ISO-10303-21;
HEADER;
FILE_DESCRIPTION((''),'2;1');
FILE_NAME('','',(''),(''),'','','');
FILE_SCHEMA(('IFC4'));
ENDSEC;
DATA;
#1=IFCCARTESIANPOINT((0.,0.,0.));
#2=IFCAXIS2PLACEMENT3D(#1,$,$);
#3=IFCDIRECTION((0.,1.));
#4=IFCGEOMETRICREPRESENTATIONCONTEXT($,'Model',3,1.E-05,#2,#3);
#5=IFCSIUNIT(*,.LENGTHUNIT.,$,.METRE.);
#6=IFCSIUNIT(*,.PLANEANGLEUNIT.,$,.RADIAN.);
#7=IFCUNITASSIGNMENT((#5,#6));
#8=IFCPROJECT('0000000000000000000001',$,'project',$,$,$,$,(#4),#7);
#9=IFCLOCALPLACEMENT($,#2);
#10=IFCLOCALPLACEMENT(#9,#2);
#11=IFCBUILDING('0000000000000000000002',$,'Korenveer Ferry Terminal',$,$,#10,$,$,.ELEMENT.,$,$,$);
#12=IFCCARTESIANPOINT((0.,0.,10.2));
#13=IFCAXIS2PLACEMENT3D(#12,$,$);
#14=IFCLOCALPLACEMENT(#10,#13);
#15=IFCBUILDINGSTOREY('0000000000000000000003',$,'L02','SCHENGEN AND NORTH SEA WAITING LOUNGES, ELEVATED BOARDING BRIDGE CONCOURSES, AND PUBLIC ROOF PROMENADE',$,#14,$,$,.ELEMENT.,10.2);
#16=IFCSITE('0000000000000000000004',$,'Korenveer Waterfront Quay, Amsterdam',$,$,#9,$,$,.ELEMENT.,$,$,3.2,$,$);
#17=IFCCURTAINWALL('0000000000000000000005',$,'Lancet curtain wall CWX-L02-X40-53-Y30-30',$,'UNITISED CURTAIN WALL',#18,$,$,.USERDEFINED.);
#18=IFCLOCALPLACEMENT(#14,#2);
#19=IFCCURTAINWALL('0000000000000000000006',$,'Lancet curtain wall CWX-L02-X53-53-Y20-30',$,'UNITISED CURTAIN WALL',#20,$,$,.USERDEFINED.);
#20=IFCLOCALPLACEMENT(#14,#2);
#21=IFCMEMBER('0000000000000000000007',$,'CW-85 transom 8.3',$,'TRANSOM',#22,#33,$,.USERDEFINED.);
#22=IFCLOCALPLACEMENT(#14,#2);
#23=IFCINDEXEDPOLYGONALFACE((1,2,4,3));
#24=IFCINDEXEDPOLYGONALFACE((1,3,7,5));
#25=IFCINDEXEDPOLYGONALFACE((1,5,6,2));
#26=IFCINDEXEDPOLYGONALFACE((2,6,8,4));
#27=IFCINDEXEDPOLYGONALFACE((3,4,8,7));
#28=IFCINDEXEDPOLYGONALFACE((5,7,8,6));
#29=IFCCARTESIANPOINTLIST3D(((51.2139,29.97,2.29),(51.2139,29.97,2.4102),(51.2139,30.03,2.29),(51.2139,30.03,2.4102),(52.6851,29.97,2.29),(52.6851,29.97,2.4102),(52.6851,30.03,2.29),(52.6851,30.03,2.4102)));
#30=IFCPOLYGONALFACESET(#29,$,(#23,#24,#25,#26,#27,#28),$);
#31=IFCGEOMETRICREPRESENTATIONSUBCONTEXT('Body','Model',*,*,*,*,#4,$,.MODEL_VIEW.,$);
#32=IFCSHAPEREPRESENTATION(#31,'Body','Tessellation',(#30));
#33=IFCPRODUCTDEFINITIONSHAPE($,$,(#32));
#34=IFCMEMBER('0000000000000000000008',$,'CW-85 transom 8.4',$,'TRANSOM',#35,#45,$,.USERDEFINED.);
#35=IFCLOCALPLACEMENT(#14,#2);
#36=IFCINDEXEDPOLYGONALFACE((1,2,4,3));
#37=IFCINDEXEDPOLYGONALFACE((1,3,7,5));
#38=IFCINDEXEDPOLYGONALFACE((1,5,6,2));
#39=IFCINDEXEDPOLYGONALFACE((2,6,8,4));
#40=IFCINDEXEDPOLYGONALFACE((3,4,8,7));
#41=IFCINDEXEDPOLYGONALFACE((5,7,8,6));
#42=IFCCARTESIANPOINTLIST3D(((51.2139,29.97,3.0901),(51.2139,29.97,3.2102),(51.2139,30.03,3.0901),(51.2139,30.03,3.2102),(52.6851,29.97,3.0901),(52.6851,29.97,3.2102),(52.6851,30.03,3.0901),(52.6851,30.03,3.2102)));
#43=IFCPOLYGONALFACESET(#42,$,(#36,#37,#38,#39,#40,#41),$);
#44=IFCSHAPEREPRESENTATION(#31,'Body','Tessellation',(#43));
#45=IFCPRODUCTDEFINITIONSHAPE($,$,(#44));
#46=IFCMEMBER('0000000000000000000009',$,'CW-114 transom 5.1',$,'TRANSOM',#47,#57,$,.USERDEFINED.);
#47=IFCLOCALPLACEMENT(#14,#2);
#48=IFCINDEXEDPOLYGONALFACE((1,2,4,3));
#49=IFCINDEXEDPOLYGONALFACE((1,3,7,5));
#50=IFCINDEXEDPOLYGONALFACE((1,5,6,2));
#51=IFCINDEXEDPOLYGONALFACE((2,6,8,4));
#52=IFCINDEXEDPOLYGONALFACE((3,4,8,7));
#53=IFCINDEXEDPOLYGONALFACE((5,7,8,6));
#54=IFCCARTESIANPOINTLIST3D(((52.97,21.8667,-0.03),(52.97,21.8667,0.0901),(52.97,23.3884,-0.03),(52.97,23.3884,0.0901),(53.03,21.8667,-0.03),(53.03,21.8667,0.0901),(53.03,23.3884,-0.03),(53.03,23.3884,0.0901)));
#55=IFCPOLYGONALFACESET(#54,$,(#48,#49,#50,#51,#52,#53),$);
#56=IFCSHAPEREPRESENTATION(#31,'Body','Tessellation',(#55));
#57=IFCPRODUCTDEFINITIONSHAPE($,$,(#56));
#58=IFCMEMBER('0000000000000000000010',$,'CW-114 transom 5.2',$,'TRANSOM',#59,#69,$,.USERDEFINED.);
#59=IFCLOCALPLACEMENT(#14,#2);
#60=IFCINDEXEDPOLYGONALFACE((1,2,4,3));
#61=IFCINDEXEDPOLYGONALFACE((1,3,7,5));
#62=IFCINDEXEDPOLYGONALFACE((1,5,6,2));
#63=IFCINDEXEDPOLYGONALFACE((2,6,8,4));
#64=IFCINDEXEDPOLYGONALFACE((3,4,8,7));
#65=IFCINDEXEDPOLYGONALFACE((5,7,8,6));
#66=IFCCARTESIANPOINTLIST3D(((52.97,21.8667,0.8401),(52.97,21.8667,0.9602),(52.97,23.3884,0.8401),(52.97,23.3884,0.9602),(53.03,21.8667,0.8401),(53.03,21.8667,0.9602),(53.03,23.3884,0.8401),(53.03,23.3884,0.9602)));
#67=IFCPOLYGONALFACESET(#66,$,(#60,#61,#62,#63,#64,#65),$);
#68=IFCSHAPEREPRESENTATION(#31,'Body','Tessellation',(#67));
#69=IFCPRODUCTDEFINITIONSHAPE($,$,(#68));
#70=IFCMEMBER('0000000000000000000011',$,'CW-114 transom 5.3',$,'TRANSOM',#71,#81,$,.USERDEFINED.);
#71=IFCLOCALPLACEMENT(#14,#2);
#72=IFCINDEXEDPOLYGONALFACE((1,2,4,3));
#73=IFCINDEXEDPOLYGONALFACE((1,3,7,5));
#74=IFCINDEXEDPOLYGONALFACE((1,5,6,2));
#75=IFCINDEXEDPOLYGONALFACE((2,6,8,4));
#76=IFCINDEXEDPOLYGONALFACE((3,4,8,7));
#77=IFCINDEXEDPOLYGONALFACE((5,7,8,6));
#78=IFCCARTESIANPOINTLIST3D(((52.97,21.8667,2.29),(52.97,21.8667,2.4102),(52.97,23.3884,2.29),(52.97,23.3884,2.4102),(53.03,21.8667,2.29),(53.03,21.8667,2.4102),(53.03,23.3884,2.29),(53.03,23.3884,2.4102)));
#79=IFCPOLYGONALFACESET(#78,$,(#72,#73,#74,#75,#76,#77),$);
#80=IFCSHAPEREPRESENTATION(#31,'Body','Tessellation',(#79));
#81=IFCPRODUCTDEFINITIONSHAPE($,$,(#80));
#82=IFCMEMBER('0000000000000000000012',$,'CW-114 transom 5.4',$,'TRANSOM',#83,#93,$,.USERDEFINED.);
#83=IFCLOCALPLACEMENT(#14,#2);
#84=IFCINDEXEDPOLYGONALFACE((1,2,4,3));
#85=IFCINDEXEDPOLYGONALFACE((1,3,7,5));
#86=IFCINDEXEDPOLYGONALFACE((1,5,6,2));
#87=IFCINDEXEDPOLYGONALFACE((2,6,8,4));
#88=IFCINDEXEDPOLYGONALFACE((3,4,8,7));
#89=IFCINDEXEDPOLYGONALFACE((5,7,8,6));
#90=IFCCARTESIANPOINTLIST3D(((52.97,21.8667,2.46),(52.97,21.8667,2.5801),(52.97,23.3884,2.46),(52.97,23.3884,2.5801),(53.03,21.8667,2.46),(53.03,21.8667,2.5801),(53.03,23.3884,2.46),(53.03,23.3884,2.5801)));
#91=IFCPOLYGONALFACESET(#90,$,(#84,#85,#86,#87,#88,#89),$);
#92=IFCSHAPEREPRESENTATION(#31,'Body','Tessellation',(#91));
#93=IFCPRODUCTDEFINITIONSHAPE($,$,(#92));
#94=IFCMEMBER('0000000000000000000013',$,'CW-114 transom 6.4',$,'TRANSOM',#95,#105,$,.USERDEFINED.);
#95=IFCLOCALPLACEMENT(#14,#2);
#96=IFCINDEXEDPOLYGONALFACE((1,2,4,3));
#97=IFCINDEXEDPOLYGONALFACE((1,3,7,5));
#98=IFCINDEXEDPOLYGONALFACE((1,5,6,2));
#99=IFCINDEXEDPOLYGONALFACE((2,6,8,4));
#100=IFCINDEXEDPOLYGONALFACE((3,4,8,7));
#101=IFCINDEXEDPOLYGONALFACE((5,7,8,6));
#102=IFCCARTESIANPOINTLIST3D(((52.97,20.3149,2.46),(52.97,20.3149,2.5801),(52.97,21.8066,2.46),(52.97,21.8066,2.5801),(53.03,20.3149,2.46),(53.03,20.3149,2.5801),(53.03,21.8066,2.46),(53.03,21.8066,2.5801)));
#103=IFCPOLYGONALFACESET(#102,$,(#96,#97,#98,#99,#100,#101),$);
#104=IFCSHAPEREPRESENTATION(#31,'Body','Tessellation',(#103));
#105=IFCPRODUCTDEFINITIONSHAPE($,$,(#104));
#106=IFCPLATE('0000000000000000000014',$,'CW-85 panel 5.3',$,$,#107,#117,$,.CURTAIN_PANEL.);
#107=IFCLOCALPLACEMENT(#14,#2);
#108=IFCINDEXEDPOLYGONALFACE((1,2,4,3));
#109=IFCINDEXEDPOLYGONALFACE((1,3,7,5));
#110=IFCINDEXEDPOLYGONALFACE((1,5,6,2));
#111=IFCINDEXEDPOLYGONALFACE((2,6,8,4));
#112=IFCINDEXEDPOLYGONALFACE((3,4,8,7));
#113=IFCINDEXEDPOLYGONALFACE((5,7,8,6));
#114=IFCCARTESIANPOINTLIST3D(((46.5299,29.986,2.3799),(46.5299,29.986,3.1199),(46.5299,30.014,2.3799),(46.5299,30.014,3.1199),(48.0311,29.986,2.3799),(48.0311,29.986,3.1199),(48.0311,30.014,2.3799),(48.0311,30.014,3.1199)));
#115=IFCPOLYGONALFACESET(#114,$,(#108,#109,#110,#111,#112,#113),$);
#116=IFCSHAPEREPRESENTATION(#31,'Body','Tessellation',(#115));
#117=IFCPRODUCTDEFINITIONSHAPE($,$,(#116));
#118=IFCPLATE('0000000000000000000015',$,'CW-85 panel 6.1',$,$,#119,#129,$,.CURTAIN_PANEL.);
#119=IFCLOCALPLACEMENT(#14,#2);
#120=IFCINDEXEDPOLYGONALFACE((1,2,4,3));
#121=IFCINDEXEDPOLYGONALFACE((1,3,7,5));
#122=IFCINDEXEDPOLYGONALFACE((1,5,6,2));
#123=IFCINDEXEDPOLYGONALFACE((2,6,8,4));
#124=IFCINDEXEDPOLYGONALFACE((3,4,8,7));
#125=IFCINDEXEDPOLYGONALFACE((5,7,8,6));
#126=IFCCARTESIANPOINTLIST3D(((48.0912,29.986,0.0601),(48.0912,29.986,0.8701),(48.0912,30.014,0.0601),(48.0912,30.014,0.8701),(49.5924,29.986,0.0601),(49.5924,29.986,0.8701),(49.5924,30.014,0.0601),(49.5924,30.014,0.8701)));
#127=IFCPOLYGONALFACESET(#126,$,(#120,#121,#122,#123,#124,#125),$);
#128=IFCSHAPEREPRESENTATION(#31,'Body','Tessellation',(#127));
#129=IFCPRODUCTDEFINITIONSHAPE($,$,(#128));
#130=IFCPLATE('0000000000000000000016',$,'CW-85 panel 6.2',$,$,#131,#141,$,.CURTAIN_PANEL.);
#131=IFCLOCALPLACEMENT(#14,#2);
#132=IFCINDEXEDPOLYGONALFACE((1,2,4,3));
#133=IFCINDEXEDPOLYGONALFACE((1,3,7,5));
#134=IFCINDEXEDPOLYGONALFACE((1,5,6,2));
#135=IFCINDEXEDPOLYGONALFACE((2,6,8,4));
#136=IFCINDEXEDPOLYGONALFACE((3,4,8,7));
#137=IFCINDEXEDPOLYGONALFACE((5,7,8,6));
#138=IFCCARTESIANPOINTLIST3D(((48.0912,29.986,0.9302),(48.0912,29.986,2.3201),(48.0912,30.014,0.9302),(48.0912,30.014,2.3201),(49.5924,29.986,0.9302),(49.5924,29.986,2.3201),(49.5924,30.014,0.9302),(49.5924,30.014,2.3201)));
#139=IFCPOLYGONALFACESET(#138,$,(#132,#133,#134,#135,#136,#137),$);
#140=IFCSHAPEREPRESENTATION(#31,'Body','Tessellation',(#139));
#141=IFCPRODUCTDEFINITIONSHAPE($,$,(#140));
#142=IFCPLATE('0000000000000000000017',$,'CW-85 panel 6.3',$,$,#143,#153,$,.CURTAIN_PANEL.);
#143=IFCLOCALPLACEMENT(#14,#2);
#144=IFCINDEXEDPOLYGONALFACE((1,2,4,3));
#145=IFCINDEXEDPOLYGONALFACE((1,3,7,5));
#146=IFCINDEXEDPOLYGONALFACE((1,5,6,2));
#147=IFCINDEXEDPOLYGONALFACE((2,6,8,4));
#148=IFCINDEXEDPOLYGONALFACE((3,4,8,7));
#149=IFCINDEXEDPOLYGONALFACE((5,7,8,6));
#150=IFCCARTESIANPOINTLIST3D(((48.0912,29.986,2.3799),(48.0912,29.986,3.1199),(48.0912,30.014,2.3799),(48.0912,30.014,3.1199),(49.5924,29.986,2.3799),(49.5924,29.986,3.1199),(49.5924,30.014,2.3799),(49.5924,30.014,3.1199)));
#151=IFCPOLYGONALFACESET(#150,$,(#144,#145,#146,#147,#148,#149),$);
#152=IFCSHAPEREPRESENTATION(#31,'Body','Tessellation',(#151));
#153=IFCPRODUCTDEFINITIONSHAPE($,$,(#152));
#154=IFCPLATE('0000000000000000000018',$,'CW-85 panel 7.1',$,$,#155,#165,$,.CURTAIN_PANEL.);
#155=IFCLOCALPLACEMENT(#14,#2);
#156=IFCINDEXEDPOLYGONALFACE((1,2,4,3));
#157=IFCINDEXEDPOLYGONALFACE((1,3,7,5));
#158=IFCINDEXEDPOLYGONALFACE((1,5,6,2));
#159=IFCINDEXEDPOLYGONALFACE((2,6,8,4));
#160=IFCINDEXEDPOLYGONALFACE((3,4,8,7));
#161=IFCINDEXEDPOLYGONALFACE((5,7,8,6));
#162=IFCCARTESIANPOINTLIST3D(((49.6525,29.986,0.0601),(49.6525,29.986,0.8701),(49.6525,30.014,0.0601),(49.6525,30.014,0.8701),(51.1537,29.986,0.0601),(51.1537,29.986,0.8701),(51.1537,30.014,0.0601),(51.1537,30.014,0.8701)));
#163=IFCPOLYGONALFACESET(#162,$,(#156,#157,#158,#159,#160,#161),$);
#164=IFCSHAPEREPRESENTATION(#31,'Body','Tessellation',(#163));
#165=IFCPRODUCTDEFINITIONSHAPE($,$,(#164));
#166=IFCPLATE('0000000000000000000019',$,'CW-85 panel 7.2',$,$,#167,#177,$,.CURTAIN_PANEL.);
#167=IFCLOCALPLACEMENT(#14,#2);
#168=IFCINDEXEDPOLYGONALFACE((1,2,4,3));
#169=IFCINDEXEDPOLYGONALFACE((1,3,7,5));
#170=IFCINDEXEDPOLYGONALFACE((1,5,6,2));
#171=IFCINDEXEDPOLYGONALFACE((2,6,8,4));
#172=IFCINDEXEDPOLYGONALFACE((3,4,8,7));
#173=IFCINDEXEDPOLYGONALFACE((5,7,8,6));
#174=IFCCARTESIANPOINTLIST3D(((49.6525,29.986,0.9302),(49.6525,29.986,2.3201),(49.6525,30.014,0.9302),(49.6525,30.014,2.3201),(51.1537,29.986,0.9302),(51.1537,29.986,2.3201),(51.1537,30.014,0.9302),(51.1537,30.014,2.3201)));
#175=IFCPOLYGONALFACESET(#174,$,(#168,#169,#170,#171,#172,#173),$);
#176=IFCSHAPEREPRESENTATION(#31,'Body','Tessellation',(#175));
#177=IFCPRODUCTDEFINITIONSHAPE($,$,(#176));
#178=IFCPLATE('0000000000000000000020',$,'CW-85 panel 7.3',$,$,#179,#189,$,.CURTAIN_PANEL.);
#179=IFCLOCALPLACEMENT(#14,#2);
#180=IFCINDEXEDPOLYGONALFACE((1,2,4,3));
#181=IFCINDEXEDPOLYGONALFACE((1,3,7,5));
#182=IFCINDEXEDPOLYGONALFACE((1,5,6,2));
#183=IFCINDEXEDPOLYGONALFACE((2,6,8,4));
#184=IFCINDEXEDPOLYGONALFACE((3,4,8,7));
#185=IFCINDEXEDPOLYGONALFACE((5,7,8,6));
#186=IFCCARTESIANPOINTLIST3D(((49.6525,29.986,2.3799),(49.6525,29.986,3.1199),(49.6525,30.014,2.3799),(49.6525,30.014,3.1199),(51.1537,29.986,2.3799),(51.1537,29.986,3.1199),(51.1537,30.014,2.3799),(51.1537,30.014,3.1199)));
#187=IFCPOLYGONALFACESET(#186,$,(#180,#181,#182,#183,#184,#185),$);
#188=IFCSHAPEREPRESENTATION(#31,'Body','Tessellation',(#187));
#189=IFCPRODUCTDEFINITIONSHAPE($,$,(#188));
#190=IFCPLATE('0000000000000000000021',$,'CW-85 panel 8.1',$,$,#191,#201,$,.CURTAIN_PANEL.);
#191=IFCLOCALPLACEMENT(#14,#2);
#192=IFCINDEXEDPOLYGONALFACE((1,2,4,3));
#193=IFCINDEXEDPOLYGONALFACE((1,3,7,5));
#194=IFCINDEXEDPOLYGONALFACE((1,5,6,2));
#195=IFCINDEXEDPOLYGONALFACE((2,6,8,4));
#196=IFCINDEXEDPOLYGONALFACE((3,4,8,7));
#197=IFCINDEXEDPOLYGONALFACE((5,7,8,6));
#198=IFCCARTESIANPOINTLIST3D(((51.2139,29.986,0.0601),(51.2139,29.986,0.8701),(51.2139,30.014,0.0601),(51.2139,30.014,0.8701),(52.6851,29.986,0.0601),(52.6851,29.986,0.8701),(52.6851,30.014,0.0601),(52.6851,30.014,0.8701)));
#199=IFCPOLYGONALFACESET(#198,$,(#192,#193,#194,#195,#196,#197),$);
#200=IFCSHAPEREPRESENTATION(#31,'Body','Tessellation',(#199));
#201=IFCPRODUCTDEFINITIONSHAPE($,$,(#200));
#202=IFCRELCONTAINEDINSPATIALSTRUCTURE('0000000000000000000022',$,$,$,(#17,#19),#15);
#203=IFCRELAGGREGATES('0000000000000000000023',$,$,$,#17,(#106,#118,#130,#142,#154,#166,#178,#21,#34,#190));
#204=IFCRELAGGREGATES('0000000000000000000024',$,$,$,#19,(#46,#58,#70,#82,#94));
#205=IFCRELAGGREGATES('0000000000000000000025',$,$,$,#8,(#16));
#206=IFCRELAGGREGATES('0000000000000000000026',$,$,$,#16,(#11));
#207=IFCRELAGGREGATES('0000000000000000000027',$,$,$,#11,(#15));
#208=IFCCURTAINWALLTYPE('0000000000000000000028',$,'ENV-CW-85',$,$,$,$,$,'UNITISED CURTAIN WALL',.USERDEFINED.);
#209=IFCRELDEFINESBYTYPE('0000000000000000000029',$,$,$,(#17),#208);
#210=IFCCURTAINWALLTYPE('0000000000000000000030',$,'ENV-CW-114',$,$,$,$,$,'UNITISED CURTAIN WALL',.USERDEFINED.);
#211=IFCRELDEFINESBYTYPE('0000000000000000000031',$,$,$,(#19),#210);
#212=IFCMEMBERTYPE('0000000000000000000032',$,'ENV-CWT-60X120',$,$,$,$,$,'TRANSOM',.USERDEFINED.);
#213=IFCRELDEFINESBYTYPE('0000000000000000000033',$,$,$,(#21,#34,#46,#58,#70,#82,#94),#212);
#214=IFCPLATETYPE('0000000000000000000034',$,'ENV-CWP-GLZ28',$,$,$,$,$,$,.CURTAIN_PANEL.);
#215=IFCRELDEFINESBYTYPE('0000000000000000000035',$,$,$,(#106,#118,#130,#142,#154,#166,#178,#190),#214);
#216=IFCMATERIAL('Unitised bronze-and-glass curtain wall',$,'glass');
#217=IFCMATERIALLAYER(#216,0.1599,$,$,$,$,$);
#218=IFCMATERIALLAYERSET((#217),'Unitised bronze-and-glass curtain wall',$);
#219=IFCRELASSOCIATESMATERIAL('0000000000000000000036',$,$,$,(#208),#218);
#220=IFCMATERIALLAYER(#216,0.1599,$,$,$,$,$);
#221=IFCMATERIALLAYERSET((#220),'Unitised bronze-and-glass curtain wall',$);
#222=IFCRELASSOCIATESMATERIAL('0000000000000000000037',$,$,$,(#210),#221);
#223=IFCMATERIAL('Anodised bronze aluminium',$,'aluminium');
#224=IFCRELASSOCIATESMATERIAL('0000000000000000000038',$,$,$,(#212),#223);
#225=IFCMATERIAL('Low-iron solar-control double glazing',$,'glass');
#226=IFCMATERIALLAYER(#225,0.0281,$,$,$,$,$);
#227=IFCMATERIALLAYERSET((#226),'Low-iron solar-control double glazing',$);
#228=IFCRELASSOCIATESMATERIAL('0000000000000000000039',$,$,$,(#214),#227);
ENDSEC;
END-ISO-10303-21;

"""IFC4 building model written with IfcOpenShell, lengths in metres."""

from ifc_helpers import new_model, si_unit, direction, frame, origin, origin_2d, place, context, subcontext, project, spatial, rectangle, extrude, material, layer, layer_set, material_profile, profile_set, type_object, element, aggregate, save


model = new_model("IFC4")

# Units and contexts
model_context = context("Model", 3, precision=1e-05, world=origin(), true_north=direction((0.0, 1.0)))
body_context = subcontext(model_context, "Body", "Model", "MODEL_VIEW")
ifc_project = project(units=[si_unit("LENGTHUNIT", "METRE"), si_unit("PLANEANGLEUNIT", "RADIAN")], contexts=[model_context])

# Site, building, storey
site_placement = place(None, origin())
site = spatial("IfcSite", under=ifc_project, at=site_placement, Name="Korenveer Waterfront Quay, Amsterdam", CompositionType="ELEMENT", RefElevation=3.2)
building_placement = place(site_placement, origin())
building = spatial("IfcBuilding", under=site, at=building_placement, Name="Korenveer Ferry Terminal", CompositionType="ELEMENT")
storey_placement = place(building_placement, frame((0.0, 0.0, 10.2)))
storey = spatial("IfcBuildingStorey", under=building, at=storey_placement, Name="L02", Description="SCHENGEN AND NORTH SEA WAITING LOUNGES, ELEVATED BOARDING BRIDGE CONCOURSES, AND PUBLIC ROOF PROMENADE", CompositionType="ELEMENT", Elevation=10.2)

# Curtain wall
ifc_material_1 = material(Name="Unitised bronze-and-glass curtain wall", Category="glass")
ifc_layer_1 = layer(ifc_material_1, 0.1599)
ifc_layer_set_1 = layer_set([ifc_layer_1], Name="Unitised bronze-and-glass curtain wall")
curtain_wall_type_1 = type_object("IfcCurtainWallType", Name="ENV-CW-85", ElementType="UNITISED CURTAIN WALL", PredefinedType="USERDEFINED", material=ifc_layer_set_1)
curtain_wall_1_placement = place(storey_placement, frame((40.2549, 30.0, 0.0)))
curtain_wall_1 = element("IfcCurtainWall", 1, at=curtain_wall_1_placement, inside=storey, type_object=curtain_wall_type_1, Name="Lancet curtain wall CWX-L02-X40-53-Y30-30", ObjectType="UNITISED CURTAIN WALL", PredefinedType="USERDEFINED")
ifc_material_2 = material(Name="Anodised bronze aluminium", Category="aluminium")

# Curtain wall
ifc_layer_2 = layer(ifc_material_1, 0.1599)
ifc_layer_set_2 = layer_set([ifc_layer_2], Name="Unitised bronze-and-glass curtain wall")
curtain_wall_type_2 = type_object("IfcCurtainWallType", Name="ENV-CW-114", ElementType="UNITISED CURTAIN WALL", PredefinedType="USERDEFINED", material=ifc_layer_set_2)
curtain_wall_2_placement = place(storey_placement, frame((53.0, 29.7451, 0.0)))
curtain_wall_2 = element("IfcCurtainWall", 2, at=curtain_wall_2_placement, inside=storey, type_object=curtain_wall_type_2, Name="Lancet curtain wall CWX-L02-X53-53-Y20-30", ObjectType="UNITISED CURTAIN WALL", PredefinedType="USERDEFINED")

# Members
ifc_material_profile_1 = material_profile(ifc_material_2, rectangle(XDim=0.0601, YDim=0.1201, at=origin_2d()), Name="ALU 60x120")
ifc_profile_set_1 = profile_set([ifc_material_profile_1], Name="Anodised bronze aluminium")
member_type_1 = type_object("IfcMemberType", Name="ENV-CWT-60X120", ElementType="TRANSOM", PredefinedType="USERDEFINED", material=ifc_profile_set_1)
member_1_placement = place(storey_placement, frame((51.2139, 30.0, 2.3501), z_axis=(1.0, 0.0, 0.0), x_axis=(0.0, 1.0, 0.0)))
member_1 = element("IfcMember", 3, at=member_1_placement, type_object=member_type_1, Name="CW-85 transom 8.3", ObjectType="TRANSOM", PredefinedType="USERDEFINED", context=body_context, shape_type="SweptSolid", body=[
    extrude(rectangle(XDim=0.0601, YDim=0.1201, at=origin_2d()), origin(), (0.0, 0.0, 1.0), 1.4712),
])
member_2_placement = place(storey_placement, frame((51.2139, 30.0, 3.1501), z_axis=(1.0, 0.0, 0.0), x_axis=(0.0, 1.0, 0.0)))
member_2 = element("IfcMember", 4, at=member_2_placement, type_object=member_type_1, Name="CW-85 transom 8.4", ObjectType="TRANSOM", PredefinedType="USERDEFINED", context=body_context, shape_type="SweptSolid", body=[
    extrude(rectangle(XDim=0.0601, YDim=0.1201, at=origin_2d()), origin(), (0.0, 0.0, 1.0), 1.4712),
])
member_3_placement = place(storey_placement, frame((53.0, 23.3884, 0.03), z_axis=(0.0, -1.0, 0.0), x_axis=(1.0, 0.0, 0.0)))
member_3 = element("IfcMember", 5, at=member_3_placement, type_object=member_type_1, Name="CW-114 transom 5.1", ObjectType="TRANSOM", PredefinedType="USERDEFINED", context=body_context, shape_type="SweptSolid", body=[
    extrude(rectangle(XDim=0.0601, YDim=0.1201, at=origin_2d()), origin(), (0.0, 0.0, 1.0), 1.5217),
])
member_4_placement = place(storey_placement, frame((53.0, 23.3884, 0.9001), z_axis=(0.0, -1.0, 0.0), x_axis=(1.0, 0.0, 0.0)))
member_4 = element("IfcMember", 6, at=member_4_placement, type_object=member_type_1, Name="CW-114 transom 5.2", ObjectType="TRANSOM", PredefinedType="USERDEFINED", context=body_context, shape_type="SweptSolid", body=[
    extrude(rectangle(XDim=0.0601, YDim=0.1201, at=origin_2d()), origin(), (0.0, 0.0, 1.0), 1.5217),
])
member_5_placement = place(storey_placement, frame((53.0, 23.3884, 2.3501), z_axis=(0.0, -1.0, 0.0), x_axis=(1.0, 0.0, 0.0)))
member_5 = element("IfcMember", 7, at=member_5_placement, type_object=member_type_1, Name="CW-114 transom 5.3", ObjectType="TRANSOM", PredefinedType="USERDEFINED", context=body_context, shape_type="SweptSolid", body=[
    extrude(rectangle(XDim=0.0601, YDim=0.1201, at=origin_2d()), origin(), (0.0, 0.0, 1.0), 1.5217),
])
member_6_placement = place(storey_placement, frame((53.0, 23.3884, 2.52), z_axis=(0.0, -1.0, 0.0), x_axis=(1.0, 0.0, 0.0)))
member_6 = element("IfcMember", 8, at=member_6_placement, type_object=member_type_1, Name="CW-114 transom 5.4", ObjectType="TRANSOM", PredefinedType="USERDEFINED", context=body_context, shape_type="SweptSolid", body=[
    extrude(rectangle(XDim=0.0601, YDim=0.1201, at=origin_2d()), origin(), (0.0, 0.0, 1.0), 1.5217),
])
member_7_placement = place(storey_placement, frame((53.0, 21.8066, 2.52), z_axis=(0.0, -1.0, 0.0), x_axis=(1.0, 0.0, 0.0)))
member_7 = element("IfcMember", 9, at=member_7_placement, type_object=member_type_1, Name="CW-114 transom 6.4", ObjectType="TRANSOM", PredefinedType="USERDEFINED", context=body_context, shape_type="SweptSolid", body=[
    extrude(rectangle(XDim=0.0601, YDim=0.1201, at=origin_2d()), origin(), (0.0, 0.0, 1.0), 1.4917),
])

# Plates
ifc_material_3 = material(Name="Low-iron solar-control double glazing", Category="glass")
ifc_layer_3 = layer(ifc_material_3, 0.0281)
ifc_layer_set_3 = layer_set([ifc_layer_3], Name="Low-iron solar-control double glazing")
plate_type = type_object("IfcPlateType", Name="ENV-CWP-GLZ28", PredefinedType="CURTAIN_PANEL", material=ifc_layer_set_3)
plate_1_placement = place(storey_placement, frame((47.2805, 30.0, 2.3799), z_axis=(0.0, 0.0, 1.0), x_axis=(1.0, 0.0, 0.0)))
plate_1 = element("IfcPlate", 10, at=plate_1_placement, type_object=plate_type, Name="CW-85 panel 5.3", PredefinedType="CURTAIN_PANEL", context=body_context, shape_type="SweptSolid", body=[
    extrude(rectangle(XDim=1.5012, YDim=0.0281, at=origin_2d()), origin(), (0.0, 0.0, 1.0), 0.74),
])
plate_2_placement = place(storey_placement, frame((48.8418, 30.0, 0.0601), z_axis=(0.0, 0.0, 1.0), x_axis=(1.0, 0.0, 0.0)))
plate_2 = element("IfcPlate", 11, at=plate_2_placement, type_object=plate_type, Name="CW-85 panel 6.1", PredefinedType="CURTAIN_PANEL", context=body_context, shape_type="SweptSolid", body=[
    extrude(rectangle(XDim=1.5012, YDim=0.0281, at=origin_2d()), origin(), (0.0, 0.0, 1.0), 0.8101),
])
plate_3_placement = place(storey_placement, frame((48.8418, 30.0, 0.9302), z_axis=(0.0, 0.0, 1.0), x_axis=(1.0, 0.0, 0.0)))
plate_3 = element("IfcPlate", 12, at=plate_3_placement, type_object=plate_type, Name="CW-85 panel 6.2", PredefinedType="CURTAIN_PANEL", context=body_context, shape_type="SweptSolid", body=[
    extrude(rectangle(XDim=1.5012, YDim=0.0281, at=origin_2d()), origin(), (0.0, 0.0, 1.0), 1.3899),
])
plate_4_placement = place(storey_placement, frame((48.8418, 30.0, 2.3799), z_axis=(0.0, 0.0, 1.0), x_axis=(1.0, 0.0, 0.0)))
plate_4 = element("IfcPlate", 13, at=plate_4_placement, type_object=plate_type, Name="CW-85 panel 6.3", PredefinedType="CURTAIN_PANEL", context=body_context, shape_type="SweptSolid", body=[
    extrude(rectangle(XDim=1.5012, YDim=0.0281, at=origin_2d()), origin(), (0.0, 0.0, 1.0), 0.74),
])
plate_5_placement = place(storey_placement, frame((50.4031, 30.0, 0.0601), z_axis=(0.0, 0.0, 1.0), x_axis=(1.0, 0.0, 0.0)))
plate_5 = element("IfcPlate", 14, at=plate_5_placement, type_object=plate_type, Name="CW-85 panel 7.1", PredefinedType="CURTAIN_PANEL", context=body_context, shape_type="SweptSolid", body=[
    extrude(rectangle(XDim=1.5012, YDim=0.0281, at=origin_2d()), origin(), (0.0, 0.0, 1.0), 0.8101),
])
plate_6_placement = place(storey_placement, frame((50.4031, 30.0, 0.9302), z_axis=(0.0, 0.0, 1.0), x_axis=(1.0, 0.0, 0.0)))
plate_6 = element("IfcPlate", 15, at=plate_6_placement, type_object=plate_type, Name="CW-85 panel 7.2", PredefinedType="CURTAIN_PANEL", context=body_context, shape_type="SweptSolid", body=[
    extrude(rectangle(XDim=1.5012, YDim=0.0281, at=origin_2d()), origin(), (0.0, 0.0, 1.0), 1.3899),
])
plate_7_placement = place(storey_placement, frame((50.4031, 30.0, 2.3799), z_axis=(0.0, 0.0, 1.0), x_axis=(1.0, 0.0, 0.0)))
plate_7 = element("IfcPlate", 16, at=plate_7_placement, type_object=plate_type, Name="CW-85 panel 7.3", PredefinedType="CURTAIN_PANEL", context=body_context, shape_type="SweptSolid", body=[
    extrude(rectangle(XDim=1.5012, YDim=0.0281, at=origin_2d()), origin(), (0.0, 0.0, 1.0), 0.74),
])
plate_8_placement = place(storey_placement, frame((51.9495, 30.0, 0.0601), z_axis=(0.0, 0.0, 1.0), x_axis=(1.0, 0.0, 0.0)))
plate_8 = element("IfcPlate", 17, at=plate_8_placement, type_object=plate_type, Name="CW-85 panel 8.1", PredefinedType="CURTAIN_PANEL", context=body_context, shape_type="SweptSolid", body=[
    extrude(rectangle(XDim=1.4712, YDim=0.0281, at=origin_2d()), origin(), (0.0, 0.0, 1.0), 0.8101),
])
aggregate(curtain_wall_1, [plate_1, plate_2, plate_3, plate_4, plate_5, plate_6, plate_7, member_1, member_2, plate_8])
aggregate(curtain_wall_2, [member_3, member_4, member_5, member_6, member_7])

save(model, "model.ifc")
